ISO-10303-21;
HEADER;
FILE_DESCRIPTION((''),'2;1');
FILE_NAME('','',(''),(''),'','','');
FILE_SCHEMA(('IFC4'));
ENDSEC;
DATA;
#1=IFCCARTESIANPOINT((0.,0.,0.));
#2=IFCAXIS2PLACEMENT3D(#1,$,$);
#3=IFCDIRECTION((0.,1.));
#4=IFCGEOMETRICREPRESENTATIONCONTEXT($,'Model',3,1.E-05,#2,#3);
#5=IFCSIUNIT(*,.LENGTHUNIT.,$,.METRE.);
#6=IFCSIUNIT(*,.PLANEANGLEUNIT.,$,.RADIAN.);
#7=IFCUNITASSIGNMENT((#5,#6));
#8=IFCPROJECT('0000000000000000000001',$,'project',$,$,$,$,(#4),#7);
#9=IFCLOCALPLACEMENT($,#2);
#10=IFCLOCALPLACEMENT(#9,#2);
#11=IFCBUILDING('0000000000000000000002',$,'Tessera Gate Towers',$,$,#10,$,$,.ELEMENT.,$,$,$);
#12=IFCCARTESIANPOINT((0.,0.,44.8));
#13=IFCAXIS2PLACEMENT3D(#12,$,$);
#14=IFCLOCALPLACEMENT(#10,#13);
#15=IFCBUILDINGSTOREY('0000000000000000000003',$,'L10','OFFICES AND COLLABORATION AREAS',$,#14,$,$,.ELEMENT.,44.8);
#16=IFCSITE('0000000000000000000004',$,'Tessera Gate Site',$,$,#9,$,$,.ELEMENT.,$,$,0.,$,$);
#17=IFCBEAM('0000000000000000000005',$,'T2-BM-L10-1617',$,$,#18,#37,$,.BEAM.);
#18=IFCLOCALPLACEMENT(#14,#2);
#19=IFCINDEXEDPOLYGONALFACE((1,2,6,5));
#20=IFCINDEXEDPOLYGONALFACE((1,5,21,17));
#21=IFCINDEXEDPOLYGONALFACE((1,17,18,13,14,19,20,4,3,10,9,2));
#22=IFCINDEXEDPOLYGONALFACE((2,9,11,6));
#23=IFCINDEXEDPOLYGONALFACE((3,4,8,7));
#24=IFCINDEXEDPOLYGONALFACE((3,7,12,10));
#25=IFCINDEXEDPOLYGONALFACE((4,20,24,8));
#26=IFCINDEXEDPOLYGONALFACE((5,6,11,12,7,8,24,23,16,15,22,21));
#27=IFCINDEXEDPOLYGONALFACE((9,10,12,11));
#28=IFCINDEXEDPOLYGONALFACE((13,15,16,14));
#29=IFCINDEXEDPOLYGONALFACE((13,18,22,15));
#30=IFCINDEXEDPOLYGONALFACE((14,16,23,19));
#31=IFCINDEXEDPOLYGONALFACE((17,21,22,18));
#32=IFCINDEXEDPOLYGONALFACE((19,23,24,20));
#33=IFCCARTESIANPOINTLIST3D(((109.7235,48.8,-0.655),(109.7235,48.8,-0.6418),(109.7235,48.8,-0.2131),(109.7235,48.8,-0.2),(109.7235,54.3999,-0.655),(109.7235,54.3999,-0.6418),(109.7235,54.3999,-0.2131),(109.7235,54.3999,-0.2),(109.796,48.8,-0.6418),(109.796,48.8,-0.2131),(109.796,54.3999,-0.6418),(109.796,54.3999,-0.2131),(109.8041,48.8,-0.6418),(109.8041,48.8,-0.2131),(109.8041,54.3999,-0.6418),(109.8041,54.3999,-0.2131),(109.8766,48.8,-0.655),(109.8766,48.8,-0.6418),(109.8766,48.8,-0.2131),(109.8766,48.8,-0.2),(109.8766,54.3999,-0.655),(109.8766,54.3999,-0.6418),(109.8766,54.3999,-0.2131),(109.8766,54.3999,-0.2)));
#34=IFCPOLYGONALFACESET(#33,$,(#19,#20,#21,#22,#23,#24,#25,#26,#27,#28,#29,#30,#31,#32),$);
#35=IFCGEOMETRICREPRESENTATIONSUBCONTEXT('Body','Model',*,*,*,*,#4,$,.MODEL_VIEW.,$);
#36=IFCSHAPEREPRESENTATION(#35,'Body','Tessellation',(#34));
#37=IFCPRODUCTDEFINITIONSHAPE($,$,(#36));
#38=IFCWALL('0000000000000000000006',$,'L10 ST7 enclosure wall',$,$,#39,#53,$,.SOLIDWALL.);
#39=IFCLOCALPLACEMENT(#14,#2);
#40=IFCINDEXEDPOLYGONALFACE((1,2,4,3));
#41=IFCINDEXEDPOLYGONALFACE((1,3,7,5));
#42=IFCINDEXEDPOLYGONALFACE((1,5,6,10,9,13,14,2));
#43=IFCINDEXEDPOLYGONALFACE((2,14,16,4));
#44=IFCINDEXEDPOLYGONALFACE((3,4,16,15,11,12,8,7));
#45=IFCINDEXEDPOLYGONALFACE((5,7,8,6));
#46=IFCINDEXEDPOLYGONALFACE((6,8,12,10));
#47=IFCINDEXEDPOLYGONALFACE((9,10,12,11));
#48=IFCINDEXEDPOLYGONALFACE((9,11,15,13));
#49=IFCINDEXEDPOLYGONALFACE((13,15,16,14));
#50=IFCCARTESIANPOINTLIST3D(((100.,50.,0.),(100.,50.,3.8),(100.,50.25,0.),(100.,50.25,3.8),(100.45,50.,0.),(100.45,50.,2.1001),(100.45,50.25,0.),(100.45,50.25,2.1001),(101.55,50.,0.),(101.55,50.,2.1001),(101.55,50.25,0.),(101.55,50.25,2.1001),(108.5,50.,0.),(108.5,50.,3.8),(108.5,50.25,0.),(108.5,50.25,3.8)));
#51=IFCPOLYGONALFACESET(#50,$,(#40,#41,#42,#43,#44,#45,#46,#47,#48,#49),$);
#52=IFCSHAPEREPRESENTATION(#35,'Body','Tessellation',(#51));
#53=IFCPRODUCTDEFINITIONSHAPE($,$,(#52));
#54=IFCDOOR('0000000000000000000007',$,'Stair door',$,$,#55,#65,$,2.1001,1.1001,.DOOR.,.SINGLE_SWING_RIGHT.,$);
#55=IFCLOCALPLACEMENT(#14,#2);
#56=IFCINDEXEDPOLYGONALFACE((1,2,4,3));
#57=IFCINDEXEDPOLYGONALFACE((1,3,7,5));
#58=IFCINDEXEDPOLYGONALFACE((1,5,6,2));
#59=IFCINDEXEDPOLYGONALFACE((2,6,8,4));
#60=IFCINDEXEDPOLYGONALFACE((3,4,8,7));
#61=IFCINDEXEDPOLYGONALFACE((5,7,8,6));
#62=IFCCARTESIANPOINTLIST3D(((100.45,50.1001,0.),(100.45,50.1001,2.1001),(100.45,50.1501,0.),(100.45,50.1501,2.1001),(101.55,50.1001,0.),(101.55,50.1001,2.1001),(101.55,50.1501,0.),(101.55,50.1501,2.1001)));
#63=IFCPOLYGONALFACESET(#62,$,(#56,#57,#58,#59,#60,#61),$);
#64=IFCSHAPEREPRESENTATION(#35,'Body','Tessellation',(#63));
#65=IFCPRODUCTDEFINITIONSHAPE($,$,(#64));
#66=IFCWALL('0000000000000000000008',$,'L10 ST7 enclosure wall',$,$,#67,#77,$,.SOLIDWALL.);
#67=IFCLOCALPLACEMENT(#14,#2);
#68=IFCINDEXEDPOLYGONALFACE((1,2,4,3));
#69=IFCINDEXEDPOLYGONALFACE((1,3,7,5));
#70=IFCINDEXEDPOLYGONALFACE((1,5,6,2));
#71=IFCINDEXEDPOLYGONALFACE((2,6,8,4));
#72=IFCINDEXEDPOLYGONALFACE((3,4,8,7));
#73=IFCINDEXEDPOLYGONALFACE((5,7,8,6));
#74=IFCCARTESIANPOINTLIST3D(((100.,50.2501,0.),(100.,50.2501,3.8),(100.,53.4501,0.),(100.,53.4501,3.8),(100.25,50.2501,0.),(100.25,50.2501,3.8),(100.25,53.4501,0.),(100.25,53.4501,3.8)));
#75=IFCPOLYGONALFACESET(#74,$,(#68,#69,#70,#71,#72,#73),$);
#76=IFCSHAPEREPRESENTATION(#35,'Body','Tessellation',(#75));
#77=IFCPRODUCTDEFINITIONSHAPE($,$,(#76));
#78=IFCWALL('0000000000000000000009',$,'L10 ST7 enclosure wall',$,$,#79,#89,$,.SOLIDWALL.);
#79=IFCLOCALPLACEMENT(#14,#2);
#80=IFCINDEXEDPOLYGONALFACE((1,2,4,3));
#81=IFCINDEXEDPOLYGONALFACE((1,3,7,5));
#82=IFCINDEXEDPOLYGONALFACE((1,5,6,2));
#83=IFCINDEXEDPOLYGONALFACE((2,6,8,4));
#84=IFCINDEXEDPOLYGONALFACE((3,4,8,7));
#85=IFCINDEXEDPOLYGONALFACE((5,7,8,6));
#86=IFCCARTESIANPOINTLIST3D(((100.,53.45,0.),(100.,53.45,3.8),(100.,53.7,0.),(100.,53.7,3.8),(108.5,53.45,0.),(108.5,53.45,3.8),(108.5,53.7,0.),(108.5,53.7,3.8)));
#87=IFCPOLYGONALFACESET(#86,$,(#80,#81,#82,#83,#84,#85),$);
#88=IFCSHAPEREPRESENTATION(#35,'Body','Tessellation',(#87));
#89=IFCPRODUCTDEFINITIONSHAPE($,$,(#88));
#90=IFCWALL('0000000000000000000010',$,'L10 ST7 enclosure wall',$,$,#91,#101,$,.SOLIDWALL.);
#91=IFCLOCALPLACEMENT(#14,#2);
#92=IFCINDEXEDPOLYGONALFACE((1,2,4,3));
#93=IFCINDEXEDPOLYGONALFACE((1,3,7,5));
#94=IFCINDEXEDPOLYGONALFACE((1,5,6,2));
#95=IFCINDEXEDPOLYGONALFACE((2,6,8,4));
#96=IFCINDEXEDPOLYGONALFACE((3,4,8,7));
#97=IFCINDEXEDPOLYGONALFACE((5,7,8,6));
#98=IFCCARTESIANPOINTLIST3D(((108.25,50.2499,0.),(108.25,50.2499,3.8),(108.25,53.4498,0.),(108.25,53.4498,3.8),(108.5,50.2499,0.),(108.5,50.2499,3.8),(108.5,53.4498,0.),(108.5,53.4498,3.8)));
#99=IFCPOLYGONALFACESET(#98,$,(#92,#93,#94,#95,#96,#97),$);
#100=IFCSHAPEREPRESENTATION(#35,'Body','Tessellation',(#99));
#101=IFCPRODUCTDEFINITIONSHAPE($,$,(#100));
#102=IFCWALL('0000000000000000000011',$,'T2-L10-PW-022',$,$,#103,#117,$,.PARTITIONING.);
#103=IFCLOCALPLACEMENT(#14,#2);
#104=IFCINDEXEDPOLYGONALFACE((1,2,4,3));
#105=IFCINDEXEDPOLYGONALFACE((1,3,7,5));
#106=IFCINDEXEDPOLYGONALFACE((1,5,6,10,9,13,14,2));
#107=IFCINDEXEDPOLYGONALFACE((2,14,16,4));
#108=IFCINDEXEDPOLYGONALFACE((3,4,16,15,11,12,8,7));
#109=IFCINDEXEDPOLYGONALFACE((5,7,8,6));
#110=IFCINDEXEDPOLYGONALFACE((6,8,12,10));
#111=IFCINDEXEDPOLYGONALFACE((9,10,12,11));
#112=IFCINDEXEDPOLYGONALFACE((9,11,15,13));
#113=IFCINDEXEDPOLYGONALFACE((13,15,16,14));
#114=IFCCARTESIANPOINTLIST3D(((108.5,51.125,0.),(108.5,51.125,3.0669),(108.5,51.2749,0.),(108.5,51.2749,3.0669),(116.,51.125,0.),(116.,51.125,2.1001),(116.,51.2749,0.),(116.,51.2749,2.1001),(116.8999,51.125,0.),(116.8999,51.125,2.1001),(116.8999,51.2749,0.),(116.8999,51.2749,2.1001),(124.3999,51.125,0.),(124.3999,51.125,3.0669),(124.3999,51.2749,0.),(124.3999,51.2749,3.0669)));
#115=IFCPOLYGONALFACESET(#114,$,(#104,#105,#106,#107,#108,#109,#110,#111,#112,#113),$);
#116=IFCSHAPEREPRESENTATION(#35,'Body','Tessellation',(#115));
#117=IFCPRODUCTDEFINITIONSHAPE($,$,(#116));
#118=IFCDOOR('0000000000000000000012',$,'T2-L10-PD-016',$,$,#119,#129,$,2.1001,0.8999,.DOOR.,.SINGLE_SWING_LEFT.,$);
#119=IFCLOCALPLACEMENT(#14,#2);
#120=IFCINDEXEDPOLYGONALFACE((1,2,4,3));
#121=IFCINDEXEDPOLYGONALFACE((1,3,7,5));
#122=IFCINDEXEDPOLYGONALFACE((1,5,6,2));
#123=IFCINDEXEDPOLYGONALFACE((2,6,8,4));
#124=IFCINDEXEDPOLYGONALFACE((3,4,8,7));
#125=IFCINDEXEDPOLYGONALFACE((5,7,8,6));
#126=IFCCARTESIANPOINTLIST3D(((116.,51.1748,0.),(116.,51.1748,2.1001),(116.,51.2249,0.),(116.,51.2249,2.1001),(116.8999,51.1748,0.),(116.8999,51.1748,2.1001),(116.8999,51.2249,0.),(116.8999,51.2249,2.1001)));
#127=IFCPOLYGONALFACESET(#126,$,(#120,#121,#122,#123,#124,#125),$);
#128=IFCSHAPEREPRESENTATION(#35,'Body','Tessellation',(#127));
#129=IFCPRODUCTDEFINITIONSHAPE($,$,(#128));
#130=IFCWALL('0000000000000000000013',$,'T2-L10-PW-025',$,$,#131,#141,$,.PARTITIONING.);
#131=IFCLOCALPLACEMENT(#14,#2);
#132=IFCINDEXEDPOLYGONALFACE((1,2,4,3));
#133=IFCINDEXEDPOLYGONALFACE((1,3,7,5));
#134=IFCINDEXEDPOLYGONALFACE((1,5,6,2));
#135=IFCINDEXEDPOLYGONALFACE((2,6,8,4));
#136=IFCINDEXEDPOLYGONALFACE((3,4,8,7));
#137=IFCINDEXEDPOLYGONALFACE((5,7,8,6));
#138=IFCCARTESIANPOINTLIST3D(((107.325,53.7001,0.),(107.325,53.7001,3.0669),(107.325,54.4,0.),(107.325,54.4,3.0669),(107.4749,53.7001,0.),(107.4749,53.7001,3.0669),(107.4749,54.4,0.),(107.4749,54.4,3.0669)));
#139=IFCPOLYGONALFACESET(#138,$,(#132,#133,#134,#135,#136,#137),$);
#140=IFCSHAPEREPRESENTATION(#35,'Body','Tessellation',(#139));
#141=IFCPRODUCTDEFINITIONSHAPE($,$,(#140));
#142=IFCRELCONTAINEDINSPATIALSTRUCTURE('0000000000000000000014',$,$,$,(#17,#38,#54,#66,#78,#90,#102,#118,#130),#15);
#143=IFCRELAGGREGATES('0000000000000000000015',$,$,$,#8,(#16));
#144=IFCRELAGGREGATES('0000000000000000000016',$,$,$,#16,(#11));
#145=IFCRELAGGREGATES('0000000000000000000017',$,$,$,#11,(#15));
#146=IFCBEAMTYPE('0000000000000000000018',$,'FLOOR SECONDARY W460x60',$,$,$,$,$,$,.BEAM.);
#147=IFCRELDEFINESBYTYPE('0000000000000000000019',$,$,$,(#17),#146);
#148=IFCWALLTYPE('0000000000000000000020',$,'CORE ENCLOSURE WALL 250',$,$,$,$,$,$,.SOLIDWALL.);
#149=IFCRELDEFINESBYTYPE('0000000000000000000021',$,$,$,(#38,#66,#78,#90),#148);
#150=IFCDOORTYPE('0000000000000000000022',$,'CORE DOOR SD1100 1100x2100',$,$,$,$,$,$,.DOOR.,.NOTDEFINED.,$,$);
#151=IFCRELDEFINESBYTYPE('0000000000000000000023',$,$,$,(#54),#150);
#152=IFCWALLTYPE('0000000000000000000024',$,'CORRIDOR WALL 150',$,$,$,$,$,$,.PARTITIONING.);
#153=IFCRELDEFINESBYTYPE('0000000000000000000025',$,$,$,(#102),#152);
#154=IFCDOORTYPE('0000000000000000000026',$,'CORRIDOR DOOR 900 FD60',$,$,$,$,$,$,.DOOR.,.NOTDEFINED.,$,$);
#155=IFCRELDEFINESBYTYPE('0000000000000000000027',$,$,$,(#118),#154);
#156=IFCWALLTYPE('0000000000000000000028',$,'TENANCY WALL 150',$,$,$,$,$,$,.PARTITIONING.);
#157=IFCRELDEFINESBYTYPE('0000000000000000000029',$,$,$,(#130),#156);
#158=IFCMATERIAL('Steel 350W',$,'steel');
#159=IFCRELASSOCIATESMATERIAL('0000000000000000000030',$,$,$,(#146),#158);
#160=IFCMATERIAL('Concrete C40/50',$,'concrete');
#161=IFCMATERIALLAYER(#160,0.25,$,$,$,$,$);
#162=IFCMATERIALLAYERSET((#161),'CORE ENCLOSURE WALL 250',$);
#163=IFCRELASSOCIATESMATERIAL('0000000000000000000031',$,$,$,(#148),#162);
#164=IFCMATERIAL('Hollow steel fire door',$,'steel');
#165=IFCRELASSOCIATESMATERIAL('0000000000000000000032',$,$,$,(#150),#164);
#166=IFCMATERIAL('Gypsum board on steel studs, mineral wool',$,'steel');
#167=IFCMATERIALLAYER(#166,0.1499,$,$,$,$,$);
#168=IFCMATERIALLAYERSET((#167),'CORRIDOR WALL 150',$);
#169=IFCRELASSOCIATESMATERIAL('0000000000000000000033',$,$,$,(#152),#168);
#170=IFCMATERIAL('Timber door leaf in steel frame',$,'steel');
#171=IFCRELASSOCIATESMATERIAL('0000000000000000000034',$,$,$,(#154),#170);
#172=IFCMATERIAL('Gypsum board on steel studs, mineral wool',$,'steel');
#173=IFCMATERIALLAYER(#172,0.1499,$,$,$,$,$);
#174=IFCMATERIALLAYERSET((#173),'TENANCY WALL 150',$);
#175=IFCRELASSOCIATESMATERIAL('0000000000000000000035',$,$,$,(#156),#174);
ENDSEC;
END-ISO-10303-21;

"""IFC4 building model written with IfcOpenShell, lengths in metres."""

from ifc_helpers import new_model, si_unit, direction, frame, frame_2d, origin, origin_2d, place, context, subcontext, project, spatial, rectangle, i_section, extrude, source, transform, mapped, material, layer, layer_set, material_profile, profile_set, type_object, element, fill, save


model = new_model("IFC4")

# Units and contexts
model_context = context("Model", 3, precision=1e-05, world=origin(), true_north=direction((0.0, 1.0)))
body_context = subcontext(model_context, "Body", "Model", "MODEL_VIEW")
ifc_project = project(units=[si_unit("LENGTHUNIT", "METRE"), si_unit("PLANEANGLEUNIT", "RADIAN")], contexts=[model_context])

# Site, building, storey
site_placement = place(None, origin())
site = spatial("IfcSite", under=ifc_project, at=site_placement, Name="Tessera Gate Site", CompositionType="ELEMENT", RefElevation=0.0)
building_placement = place(site_placement, origin())
building = spatial("IfcBuilding", under=site, at=building_placement, Name="Tessera Gate Towers", CompositionType="ELEMENT")
storey_placement = place(building_placement, frame((0.0, 0.0, 44.8)))
storey = spatial("IfcBuildingStorey", under=building, at=storey_placement, Name="L10", Description="OFFICES AND COLLABORATION AREAS", CompositionType="ELEMENT", Elevation=44.8)

# Beam
ifc_material_1 = material(Name="Steel 350W", Category="steel")
ifc_material_profile = material_profile(ifc_material_1, i_section(OverallWidth=0.1531, OverallDepth=0.4551, WebThickness=0.0081, FlangeThickness=0.0132, at=origin_2d()), Name="W460x60")
ifc_profile_set = profile_set([ifc_material_profile], Name="Steel 350W")
beam_type = type_object("IfcBeamType", Name="FLOOR SECONDARY W460x60", PredefinedType="BEAM", material=ifc_profile_set)
beam_placement = place(storey_placement, frame((109.8, 48.8, -0.4275), z_axis=(0.0, 1.0, 0.0), x_axis=(-1.0, 0.0, 0.0)))
element("IfcBeam", 1, at=beam_placement, inside=storey, type_object=beam_type, Name="T2-BM-L10-1617", PredefinedType="BEAM", context=body_context, shape_type="SweptSolid", body=[
    extrude(i_section(OverallWidth=0.1531, OverallDepth=0.4551, WebThickness=0.0081, FlangeThickness=0.0132, at=origin_2d()), origin(), (0.0, 0.0, 1.0), 5.5999),
])

# Wall, opening, door
ifc_material_2 = material(Name="Concrete C40/50", Category="concrete")
ifc_layer_1 = layer(ifc_material_2, 0.25)
ifc_layer_set_1 = layer_set([ifc_layer_1], Name="CORE ENCLOSURE WALL 250")
wall_type_1 = type_object("IfcWallType", Name="CORE ENCLOSURE WALL 250", PredefinedType="SOLIDWALL", material=ifc_layer_set_1)
wall_1_placement = place(storey_placement, frame((108.5, 50.125, 0.0), z_axis=(0.0, 0.0, 1.0), x_axis=(-1.0, 0.0, 0.0)))
wall_1 = element("IfcWall", 2, at=wall_1_placement, inside=storey, type_object=wall_type_1, Name="L10 ST7 enclosure wall", PredefinedType="SOLIDWALL", context=body_context, shape_type="SweptSolid", body=[
    extrude(rectangle(XDim=8.5, YDim=0.25, at=frame_2d((4.25, 0.0))), origin(), (0.0, 0.0, 1.0), 3.8),
])
shared_shape_1 = source(origin(), body_context, "Body", "SweptSolid", [
    extrude(rectangle(XDim=1.1001, YDim=2.1001, at=frame_2d((0.55, 1.05))), frame((0.0, 0.135, 0.0), z_axis=(0.0, -1.0, 0.0), x_axis=(1.0, 0.0, 0.0)), (0.0, 0.0, 1.0), 0.27),
])
opening_1_placement = place(wall_1_placement, frame((6.95, 0.0, 0.0)))
opening_1 = element("IfcOpeningElement", 3, at=opening_1_placement, cuts=wall_1, PredefinedType="OPENING", context=body_context, shape_type="MappedRepresentation", body=[
    mapped(shared_shape_1, transform((0.0, 0.0, 0.0), scale=1.0)),
])
ifc_material_3 = material(Name="Hollow steel fire door", Category="steel")
door_type_1 = type_object("IfcDoorType", Name="CORE DOOR SD1100 1100x2100", OperationType="NOTDEFINED", PredefinedType="DOOR", material=ifc_material_3)
shared_shape_2 = source(origin(), body_context, "Body", "SweptSolid", [
    extrude(rectangle(XDim=1.1001, YDim=2.1001, at=frame_2d((0.55, 1.05))), frame((0.0, 0.0249, 0.0), z_axis=(0.0, -1.0, 0.0), x_axis=(1.0, 0.0, 0.0)), (0.0, 0.0, 1.0), 0.05),
])
door_1_placement = place(opening_1_placement, origin())
door_1 = element("IfcDoor", 4, at=door_1_placement, inside=storey, type_object=door_type_1, Name="Stair door", OperationType="SINGLE_SWING_RIGHT", OverallHeight=2.1001, OverallWidth=1.1001, PredefinedType="DOOR", context=body_context, shape_type="MappedRepresentation", body=[
    mapped(shared_shape_2, transform((0.0, 0.0, 0.0), scale=1.0)),
])
fill(opening_1, door_1)

# Walls
wall_2_placement = place(storey_placement, frame((100.125, 50.25, 0.0), z_axis=(0.0, 0.0, 1.0), x_axis=(0.0, 1.0, 0.0)))
element("IfcWall", 5, at=wall_2_placement, inside=storey, type_object=wall_type_1, Name="L10 ST7 enclosure wall", PredefinedType="SOLIDWALL", context=body_context, shape_type="SweptSolid", body=[
    extrude(rectangle(XDim=3.2, YDim=0.25, at=frame_2d((1.6001, 0.0))), origin(), (0.0, 0.0, 1.0), 3.8),
])
wall_3_placement = place(storey_placement, frame((100.0, 53.575, 0.0), z_axis=(0.0, 0.0, 1.0), x_axis=(1.0, 0.0, 0.0)))
element("IfcWall", 6, at=wall_3_placement, inside=storey, type_object=wall_type_1, Name="L10 ST7 enclosure wall", PredefinedType="SOLIDWALL", context=body_context, shape_type="SweptSolid", body=[
    extrude(rectangle(XDim=8.5, YDim=0.25, at=frame_2d((4.25, 0.0))), origin(), (0.0, 0.0, 1.0), 3.8),
])
wall_4_placement = place(storey_placement, frame((108.375, 53.45, 0.0), z_axis=(0.0, 0.0, 1.0), x_axis=(0.0, -1.0, 0.0)))
element("IfcWall", 7, at=wall_4_placement, inside=storey, type_object=wall_type_1, Name="L10 ST7 enclosure wall", PredefinedType="SOLIDWALL", context=body_context, shape_type="SweptSolid", body=[
    extrude(rectangle(XDim=3.2, YDim=0.25, at=frame_2d((1.6001, 0.0))), origin(), (0.0, 0.0, 1.0), 3.8),
])

# Wall, opening, door
ifc_material_4 = material(Name="Gypsum board on steel studs, mineral wool", Category="steel")
ifc_layer_2 = layer(ifc_material_4, 0.1499)
ifc_layer_set_2 = layer_set([ifc_layer_2], Name="CORRIDOR WALL 150")
wall_type_2 = type_object("IfcWallType", Name="CORRIDOR WALL 150", PredefinedType="PARTITIONING", material=ifc_layer_set_2)
wall_5_placement = place(storey_placement, frame((108.5, 51.2, 0.0), z_axis=(0.0, 0.0, 1.0), x_axis=(1.0, 0.0, 0.0)))
wall_5 = element("IfcWall", 8, at=wall_5_placement, inside=storey, type_object=wall_type_2, Name="T2-L10-PW-022", PredefinedType="PARTITIONING", context=body_context, shape_type="SweptSolid", body=[
    extrude(rectangle(XDim=15.8999, YDim=0.1499, at=frame_2d((7.95, 0.0))), origin(), (0.0, 0.0, 1.0), 3.0669),
])
shared_shape_3 = source(origin(), body_context, "Body", "SweptSolid", [
    extrude(rectangle(XDim=0.8999, YDim=2.1001, at=frame_2d((0.45, 1.05))), frame((0.0, 0.085, 0.0), z_axis=(0.0, -1.0, 0.0), x_axis=(1.0, 0.0, 0.0)), (0.0, 0.0, 1.0), 0.1699),
])
opening_2_placement = place(wall_5_placement, frame((7.5, 0.0, 0.0)))
opening_2 = element("IfcOpeningElement", 9, at=opening_2_placement, cuts=wall_5, PredefinedType="OPENING", context=body_context, shape_type="MappedRepresentation", body=[
    mapped(shared_shape_3, transform((0.0, 0.0, 0.0), scale=1.0)),
])
ifc_material_5 = material(Name="Timber door leaf in steel frame", Category="steel")
door_type_2 = type_object("IfcDoorType", Name="CORRIDOR DOOR 900 FD60", OperationType="NOTDEFINED", PredefinedType="DOOR", material=ifc_material_5)
shared_shape_4 = source(origin(), body_context, "Body", "SweptSolid", [
    extrude(rectangle(XDim=0.8999, YDim=2.1001, at=frame_2d((0.45, 1.05))), frame((0.0, 0.0249, 0.0), z_axis=(0.0, -1.0, 0.0), x_axis=(1.0, 0.0, 0.0)), (0.0, 0.0, 1.0), 0.05),
])
door_2_placement = place(opening_2_placement, origin())
door_2 = element("IfcDoor", 10, at=door_2_placement, inside=storey, type_object=door_type_2, Name="T2-L10-PD-016", OperationType="SINGLE_SWING_LEFT", OverallHeight=2.1001, OverallWidth=0.8999, PredefinedType="DOOR", context=body_context, shape_type="MappedRepresentation", body=[
    mapped(shared_shape_4, transform((0.0, 0.0, 0.0), scale=1.0)),
])
fill(opening_2, door_2)

# Wall
ifc_material_6 = material(Name="Gypsum board on steel studs, mineral wool", Category="steel")
ifc_layer_3 = layer(ifc_material_6, 0.1499)
ifc_layer_set_3 = layer_set([ifc_layer_3], Name="TENANCY WALL 150")
wall_type_3 = type_object("IfcWallType", Name="TENANCY WALL 150", PredefinedType="PARTITIONING", material=ifc_layer_set_3)
wall_6_placement = place(storey_placement, frame((107.3999, 53.7, 0.0), z_axis=(0.0, 0.0, 1.0), x_axis=(0.0, 1.0, 0.0)))
element("IfcWall", 11, at=wall_6_placement, inside=storey, type_object=wall_type_3, Name="T2-L10-PW-025", PredefinedType="PARTITIONING", context=body_context, shape_type="SweptSolid", body=[
    extrude(rectangle(XDim=0.7, YDim=0.1499, at=frame_2d((0.3501, 0.0))), origin(), (0.0, 0.0, 1.0), 3.0669),
])

save(model, "model.ifc")
